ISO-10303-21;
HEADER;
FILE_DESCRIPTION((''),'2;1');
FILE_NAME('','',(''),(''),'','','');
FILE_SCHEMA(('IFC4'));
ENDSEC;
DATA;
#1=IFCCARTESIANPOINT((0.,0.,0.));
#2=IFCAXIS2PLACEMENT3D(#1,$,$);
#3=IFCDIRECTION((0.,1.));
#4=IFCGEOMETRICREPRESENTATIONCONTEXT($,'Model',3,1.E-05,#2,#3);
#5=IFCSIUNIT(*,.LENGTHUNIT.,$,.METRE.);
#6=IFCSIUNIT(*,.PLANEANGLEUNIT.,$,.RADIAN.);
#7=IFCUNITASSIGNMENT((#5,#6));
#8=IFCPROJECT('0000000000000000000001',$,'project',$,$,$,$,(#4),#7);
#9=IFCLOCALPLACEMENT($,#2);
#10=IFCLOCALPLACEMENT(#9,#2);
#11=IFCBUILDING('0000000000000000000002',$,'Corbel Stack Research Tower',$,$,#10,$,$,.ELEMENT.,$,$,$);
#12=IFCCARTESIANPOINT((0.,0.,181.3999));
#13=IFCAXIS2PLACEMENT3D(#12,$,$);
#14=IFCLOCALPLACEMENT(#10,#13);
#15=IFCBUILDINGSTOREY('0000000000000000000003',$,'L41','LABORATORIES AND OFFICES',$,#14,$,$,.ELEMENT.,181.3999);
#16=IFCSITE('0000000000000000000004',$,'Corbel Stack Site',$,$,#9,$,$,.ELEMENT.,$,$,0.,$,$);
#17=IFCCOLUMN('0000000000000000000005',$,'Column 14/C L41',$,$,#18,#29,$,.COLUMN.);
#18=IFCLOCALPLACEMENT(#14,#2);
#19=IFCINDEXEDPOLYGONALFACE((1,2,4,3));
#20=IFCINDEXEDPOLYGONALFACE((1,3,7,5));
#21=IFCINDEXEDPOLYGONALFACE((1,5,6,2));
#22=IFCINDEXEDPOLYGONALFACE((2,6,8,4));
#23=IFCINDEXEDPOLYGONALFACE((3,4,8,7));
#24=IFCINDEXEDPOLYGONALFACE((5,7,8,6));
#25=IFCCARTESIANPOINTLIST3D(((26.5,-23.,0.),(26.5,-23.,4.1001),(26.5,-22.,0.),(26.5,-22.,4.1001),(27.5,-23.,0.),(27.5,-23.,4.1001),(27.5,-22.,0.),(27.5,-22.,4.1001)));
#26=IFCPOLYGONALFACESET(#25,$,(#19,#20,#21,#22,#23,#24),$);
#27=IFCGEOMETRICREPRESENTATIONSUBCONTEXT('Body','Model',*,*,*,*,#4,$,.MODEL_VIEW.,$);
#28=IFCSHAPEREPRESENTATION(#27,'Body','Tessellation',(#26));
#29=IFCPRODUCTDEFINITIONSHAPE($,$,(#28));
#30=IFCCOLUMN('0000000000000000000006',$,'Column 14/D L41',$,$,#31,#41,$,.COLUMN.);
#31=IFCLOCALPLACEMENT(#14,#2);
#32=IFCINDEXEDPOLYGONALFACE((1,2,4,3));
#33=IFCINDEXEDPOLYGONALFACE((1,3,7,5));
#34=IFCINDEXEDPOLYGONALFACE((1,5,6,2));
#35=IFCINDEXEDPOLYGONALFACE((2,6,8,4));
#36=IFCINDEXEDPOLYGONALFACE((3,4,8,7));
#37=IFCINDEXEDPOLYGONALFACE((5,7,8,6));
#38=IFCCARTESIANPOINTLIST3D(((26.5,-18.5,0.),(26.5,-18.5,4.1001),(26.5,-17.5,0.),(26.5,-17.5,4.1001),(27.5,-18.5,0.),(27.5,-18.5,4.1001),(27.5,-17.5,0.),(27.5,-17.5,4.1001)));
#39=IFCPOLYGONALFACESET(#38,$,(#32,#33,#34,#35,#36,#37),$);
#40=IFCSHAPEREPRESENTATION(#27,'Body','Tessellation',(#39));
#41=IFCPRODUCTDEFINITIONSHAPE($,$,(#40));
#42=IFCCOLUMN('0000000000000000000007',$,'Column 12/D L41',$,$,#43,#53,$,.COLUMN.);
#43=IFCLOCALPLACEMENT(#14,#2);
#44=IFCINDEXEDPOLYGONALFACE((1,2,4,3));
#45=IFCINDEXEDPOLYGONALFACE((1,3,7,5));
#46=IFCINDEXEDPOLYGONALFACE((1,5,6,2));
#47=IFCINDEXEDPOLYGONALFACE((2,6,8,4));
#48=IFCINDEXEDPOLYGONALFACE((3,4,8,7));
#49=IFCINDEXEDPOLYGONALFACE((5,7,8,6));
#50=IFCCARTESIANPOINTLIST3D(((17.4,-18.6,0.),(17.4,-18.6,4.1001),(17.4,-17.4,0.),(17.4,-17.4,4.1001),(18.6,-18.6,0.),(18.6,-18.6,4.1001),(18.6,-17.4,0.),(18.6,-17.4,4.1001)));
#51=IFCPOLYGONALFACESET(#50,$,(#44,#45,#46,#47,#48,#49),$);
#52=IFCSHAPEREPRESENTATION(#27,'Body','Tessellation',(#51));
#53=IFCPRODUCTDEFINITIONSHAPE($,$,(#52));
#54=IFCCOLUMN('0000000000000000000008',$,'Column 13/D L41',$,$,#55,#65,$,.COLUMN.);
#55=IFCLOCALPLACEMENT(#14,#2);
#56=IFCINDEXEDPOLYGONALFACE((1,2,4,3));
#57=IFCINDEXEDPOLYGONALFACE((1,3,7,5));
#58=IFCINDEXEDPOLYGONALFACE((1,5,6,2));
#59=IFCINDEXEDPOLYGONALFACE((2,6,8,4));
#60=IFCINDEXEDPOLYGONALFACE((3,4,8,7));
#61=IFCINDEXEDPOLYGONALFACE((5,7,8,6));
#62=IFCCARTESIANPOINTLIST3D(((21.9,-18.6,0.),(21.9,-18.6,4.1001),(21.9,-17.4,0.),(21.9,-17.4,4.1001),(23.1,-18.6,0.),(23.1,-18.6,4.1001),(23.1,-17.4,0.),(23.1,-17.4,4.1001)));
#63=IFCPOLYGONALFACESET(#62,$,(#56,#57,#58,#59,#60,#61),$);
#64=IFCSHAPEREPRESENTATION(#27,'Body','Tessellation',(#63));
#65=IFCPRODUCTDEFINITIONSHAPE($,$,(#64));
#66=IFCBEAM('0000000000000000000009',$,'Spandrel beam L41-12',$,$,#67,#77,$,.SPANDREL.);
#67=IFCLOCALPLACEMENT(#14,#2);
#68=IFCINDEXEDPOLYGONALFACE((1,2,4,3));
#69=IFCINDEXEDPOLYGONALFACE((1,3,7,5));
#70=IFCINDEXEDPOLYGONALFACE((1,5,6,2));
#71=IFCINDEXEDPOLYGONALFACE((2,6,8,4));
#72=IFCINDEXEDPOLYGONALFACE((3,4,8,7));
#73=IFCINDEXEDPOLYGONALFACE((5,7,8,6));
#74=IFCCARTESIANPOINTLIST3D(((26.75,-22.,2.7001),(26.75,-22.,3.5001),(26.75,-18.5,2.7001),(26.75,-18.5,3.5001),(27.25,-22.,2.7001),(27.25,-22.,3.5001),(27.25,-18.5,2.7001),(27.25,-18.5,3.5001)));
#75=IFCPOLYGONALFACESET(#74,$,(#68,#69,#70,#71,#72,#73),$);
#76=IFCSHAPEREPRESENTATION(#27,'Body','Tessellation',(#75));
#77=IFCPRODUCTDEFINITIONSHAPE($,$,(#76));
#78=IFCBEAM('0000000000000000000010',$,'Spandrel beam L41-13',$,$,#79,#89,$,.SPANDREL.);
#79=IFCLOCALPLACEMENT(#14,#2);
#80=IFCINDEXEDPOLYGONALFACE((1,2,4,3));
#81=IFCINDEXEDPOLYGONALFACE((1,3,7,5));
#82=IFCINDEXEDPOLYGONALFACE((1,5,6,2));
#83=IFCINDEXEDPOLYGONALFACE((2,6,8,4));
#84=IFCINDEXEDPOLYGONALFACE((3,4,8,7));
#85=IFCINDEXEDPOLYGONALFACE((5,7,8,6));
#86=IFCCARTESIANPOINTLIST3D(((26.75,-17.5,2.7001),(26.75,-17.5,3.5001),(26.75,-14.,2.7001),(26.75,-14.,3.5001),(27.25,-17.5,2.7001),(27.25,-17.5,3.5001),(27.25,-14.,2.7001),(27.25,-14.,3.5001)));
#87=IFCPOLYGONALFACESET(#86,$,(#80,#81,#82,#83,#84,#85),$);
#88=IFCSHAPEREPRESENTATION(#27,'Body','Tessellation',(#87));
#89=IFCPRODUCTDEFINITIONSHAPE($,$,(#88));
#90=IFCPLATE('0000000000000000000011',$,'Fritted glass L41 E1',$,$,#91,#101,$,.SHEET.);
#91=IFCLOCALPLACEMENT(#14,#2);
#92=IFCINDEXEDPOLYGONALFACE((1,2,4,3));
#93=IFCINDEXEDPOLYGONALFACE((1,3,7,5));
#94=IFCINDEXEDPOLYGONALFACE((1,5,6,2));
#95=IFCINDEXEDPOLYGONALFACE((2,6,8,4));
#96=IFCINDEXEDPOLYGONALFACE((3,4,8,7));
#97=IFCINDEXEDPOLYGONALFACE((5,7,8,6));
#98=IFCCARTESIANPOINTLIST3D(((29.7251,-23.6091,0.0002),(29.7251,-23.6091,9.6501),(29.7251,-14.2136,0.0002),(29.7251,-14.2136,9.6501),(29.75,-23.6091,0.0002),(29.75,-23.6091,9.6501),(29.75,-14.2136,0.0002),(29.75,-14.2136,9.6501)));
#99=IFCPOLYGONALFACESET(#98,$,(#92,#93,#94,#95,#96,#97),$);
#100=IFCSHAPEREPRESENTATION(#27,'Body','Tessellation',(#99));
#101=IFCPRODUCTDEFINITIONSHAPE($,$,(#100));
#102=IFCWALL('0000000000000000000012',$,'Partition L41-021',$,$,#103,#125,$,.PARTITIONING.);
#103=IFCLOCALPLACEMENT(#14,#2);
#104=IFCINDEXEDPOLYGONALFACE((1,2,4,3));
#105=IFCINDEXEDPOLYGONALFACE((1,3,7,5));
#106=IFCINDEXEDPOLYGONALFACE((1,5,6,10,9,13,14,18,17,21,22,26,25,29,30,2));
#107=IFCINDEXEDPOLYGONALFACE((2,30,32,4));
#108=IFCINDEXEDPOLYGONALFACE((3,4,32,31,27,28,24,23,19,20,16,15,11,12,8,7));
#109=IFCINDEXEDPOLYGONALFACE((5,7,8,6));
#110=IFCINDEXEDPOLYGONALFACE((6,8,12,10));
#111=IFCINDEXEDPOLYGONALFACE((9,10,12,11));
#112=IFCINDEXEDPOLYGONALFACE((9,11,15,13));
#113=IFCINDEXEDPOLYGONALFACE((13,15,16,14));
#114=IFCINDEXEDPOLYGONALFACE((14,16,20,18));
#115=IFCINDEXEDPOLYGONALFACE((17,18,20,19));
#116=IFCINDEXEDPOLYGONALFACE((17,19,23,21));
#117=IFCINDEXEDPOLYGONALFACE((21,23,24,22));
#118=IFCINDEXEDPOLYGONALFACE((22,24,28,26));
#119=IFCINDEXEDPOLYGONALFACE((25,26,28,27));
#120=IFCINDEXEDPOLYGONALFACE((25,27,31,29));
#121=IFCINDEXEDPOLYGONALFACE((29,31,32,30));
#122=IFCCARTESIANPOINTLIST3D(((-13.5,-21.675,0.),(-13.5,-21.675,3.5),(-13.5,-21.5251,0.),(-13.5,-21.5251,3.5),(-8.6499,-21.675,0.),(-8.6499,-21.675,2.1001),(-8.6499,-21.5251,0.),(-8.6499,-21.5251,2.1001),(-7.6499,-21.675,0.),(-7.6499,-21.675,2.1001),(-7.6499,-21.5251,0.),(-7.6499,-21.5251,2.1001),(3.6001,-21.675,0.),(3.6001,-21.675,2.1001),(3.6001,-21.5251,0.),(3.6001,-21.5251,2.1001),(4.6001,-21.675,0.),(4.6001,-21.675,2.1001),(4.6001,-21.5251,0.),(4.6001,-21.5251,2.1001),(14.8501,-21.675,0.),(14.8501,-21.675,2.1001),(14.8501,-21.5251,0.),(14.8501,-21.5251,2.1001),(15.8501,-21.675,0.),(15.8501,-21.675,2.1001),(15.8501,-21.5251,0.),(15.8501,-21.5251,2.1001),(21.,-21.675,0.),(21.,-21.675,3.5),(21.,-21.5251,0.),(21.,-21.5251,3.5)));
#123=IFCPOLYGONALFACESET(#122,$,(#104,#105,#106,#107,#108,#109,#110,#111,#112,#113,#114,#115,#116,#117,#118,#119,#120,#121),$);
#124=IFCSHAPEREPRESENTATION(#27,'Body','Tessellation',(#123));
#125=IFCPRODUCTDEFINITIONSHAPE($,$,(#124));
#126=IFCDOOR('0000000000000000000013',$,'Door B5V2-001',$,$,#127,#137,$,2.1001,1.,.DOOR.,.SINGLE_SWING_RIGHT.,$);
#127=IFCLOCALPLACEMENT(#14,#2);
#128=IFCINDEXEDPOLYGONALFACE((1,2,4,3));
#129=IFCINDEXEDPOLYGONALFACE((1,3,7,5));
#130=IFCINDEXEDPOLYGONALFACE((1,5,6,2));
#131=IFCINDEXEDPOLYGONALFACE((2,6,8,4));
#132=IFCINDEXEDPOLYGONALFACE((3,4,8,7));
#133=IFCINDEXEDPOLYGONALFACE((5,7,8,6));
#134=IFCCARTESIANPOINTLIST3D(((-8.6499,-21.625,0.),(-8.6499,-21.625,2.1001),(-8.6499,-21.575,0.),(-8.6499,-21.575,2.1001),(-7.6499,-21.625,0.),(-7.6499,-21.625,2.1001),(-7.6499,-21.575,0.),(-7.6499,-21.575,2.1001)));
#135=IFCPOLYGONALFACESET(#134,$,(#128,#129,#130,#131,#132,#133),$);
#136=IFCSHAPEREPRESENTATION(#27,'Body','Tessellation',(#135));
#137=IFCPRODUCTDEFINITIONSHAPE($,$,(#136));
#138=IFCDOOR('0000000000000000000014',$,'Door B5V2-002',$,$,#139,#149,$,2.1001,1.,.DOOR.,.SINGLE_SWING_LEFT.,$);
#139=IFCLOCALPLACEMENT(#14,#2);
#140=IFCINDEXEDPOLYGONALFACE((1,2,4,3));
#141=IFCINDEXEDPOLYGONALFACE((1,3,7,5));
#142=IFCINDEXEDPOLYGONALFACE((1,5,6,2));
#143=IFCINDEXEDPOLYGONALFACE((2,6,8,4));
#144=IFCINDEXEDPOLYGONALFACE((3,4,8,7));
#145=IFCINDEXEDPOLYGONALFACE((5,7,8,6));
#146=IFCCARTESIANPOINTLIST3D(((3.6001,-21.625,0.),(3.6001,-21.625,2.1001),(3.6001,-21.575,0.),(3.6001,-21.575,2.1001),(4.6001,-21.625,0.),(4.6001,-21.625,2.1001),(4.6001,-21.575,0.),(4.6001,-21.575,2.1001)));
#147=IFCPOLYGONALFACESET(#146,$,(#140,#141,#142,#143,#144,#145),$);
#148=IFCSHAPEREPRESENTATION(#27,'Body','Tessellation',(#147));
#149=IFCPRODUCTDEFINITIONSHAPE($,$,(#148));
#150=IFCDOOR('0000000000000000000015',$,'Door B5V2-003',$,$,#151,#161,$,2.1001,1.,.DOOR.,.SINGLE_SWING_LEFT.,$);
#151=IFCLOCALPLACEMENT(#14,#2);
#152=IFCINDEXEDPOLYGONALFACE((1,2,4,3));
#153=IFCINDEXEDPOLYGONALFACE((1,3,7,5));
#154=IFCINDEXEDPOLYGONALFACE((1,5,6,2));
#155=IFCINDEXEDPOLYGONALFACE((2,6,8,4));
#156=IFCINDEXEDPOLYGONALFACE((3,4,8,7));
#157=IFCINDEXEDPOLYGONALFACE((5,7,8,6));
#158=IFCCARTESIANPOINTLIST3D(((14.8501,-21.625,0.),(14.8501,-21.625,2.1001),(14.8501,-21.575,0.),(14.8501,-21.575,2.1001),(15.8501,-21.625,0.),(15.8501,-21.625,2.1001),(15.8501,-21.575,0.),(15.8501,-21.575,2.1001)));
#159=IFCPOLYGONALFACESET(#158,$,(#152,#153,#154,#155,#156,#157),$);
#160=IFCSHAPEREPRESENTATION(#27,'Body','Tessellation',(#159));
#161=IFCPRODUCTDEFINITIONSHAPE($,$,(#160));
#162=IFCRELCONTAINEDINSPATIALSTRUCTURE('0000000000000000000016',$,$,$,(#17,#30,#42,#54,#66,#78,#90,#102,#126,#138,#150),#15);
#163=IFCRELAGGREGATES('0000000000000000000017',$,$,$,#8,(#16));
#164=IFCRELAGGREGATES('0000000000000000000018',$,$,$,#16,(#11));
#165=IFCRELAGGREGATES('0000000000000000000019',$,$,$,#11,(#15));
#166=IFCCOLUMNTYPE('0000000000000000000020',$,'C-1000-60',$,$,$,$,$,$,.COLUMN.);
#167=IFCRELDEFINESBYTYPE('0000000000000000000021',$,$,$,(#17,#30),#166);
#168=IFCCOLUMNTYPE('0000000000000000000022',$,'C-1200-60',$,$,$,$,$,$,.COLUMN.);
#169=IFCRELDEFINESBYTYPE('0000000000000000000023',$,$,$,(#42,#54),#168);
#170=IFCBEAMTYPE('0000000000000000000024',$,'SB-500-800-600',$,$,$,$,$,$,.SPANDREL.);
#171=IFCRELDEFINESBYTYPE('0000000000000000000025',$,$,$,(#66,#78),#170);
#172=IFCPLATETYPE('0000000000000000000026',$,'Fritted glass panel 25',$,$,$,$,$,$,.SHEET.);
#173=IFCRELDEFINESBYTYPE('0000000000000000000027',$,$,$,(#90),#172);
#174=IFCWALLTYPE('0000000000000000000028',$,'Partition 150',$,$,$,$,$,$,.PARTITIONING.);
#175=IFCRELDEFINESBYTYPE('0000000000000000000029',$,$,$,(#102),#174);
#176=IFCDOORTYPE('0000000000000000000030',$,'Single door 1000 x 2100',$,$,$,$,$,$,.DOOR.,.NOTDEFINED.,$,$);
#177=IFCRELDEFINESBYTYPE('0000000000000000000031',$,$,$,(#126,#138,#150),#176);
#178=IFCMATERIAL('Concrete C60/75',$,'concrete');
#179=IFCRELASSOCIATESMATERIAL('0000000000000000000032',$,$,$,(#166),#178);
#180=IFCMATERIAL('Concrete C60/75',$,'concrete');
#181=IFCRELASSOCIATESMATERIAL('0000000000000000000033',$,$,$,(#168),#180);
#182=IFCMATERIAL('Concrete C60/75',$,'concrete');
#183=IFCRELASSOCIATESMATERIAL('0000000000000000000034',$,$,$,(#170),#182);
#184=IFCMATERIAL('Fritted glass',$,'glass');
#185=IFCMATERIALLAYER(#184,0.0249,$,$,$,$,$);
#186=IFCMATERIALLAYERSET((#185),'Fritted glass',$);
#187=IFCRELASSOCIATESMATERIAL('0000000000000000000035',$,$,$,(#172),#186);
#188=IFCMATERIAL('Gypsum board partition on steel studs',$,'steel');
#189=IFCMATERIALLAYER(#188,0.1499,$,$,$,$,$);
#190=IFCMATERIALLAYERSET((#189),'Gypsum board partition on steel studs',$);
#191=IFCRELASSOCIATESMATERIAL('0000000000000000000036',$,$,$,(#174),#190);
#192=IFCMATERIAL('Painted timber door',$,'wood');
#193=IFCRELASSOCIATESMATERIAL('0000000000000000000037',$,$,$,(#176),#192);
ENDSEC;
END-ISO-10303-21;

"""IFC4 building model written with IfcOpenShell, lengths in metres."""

from ifc_helpers import new_model, si_unit, direction, frame, frame_2d, origin, origin_2d, place, context, subcontext, project, spatial, rectangle, extrude, material, layer, layer_set, material_profile, profile_set, type_object, element, fill, save


model = new_model("IFC4")

# Units and contexts
model_context = context("Model", 3, precision=1e-05, world=origin(), true_north=direction((0.0, 1.0)))
body_context = subcontext(model_context, "Body", "Model", "MODEL_VIEW")
ifc_project = project(units=[si_unit("LENGTHUNIT", "METRE"), si_unit("PLANEANGLEUNIT", "RADIAN")], contexts=[model_context])

# Site, building, storey
site_placement = place(None, origin())
site = spatial("IfcSite", under=ifc_project, at=site_placement, Name="Corbel Stack Site", CompositionType="ELEMENT", RefElevation=0.0)
building_placement = place(site_placement, origin())
building = spatial("IfcBuilding", under=site, at=building_placement, Name="Corbel Stack Research Tower", CompositionType="ELEMENT")
storey_placement = place(building_placement, frame((0.0, 0.0, 181.3999)))
storey = spatial("IfcBuildingStorey", under=building, at=storey_placement, Name="L41", Description="LABORATORIES AND OFFICES", CompositionType="ELEMENT", Elevation=181.3999)

# Columns
ifc_material_1 = material(Name="Concrete C60/75", Category="concrete")
ifc_material_profile_1 = material_profile(ifc_material_1, rectangle(XDim=1.0, YDim=1.0, at=origin_2d()), Name="RC 1000 x 1000")
ifc_profile_set_1 = profile_set([ifc_material_profile_1], Name="Concrete C60/75")
column_type_1 = type_object("IfcColumnType", Name="C-1000-60", PredefinedType="COLUMN", material=ifc_profile_set_1)
for number, where, z_axis, x_axis, name in (
    (1, (27.0, -22.5, 0.0), (0.0, 0.0, 1.0), (1.0, 0.0, 0.0), "Column 14/C L41"),
    (2, (27.0, -18.0, 0.0), (0.0, 0.0, 1.0), (1.0, 0.0, 0.0), "Column 14/D L41"),
):
    element("IfcColumn", number, at=place(storey_placement, frame(where, z_axis=z_axis, x_axis=x_axis)), inside=storey, type_object=column_type_1, Name=name, PredefinedType="COLUMN", context=body_context, shape_type="SweptSolid", body=[
        extrude(rectangle(XDim=1.0, YDim=1.0, at=origin_2d()), origin(), (0.0, 0.0, 1.0), 4.1001),
    ])
ifc_material_2 = material(Name="Concrete C60/75", Category="concrete")
ifc_material_profile_2 = material_profile(ifc_material_2, rectangle(XDim=1.2, YDim=1.2, at=origin_2d()), Name="RC 1200 x 1200")
ifc_profile_set_2 = profile_set([ifc_material_profile_2], Name="Concrete C60/75")
column_type_2 = type_object("IfcColumnType", Name="C-1200-60", PredefinedType="COLUMN", material=ifc_profile_set_2)
for number, where, z_axis, x_axis, name in (
    (3, (18.0, -18.0, 0.0), (0.0, 0.0, 1.0), (1.0, 0.0, 0.0), "Column 12/D L41"),
    (4, (22.5, -18.0, 0.0), (0.0, 0.0, 1.0), (1.0, 0.0, 0.0), "Column 13/D L41"),
):
    element("IfcColumn", number, at=place(storey_placement, frame(where, z_axis=z_axis, x_axis=x_axis)), inside=storey, type_object=column_type_2, Name=name, PredefinedType="COLUMN", context=body_context, shape_type="SweptSolid", body=[
        extrude(rectangle(XDim=1.2, YDim=1.2, at=origin_2d()), origin(), (0.0, 0.0, 1.0), 4.1001),
    ])

# Beams
ifc_material_3 = material(Name="Concrete C60/75", Category="concrete")
ifc_material_profile_3 = material_profile(ifc_material_3, rectangle(XDim=0.5, YDim=0.8, at=origin_2d()), Name="RC 500 x 800")
ifc_profile_set_3 = profile_set([ifc_material_profile_3], Name="Concrete C60/75")
beam_type = type_object("IfcBeamType", Name="SB-500-800-600", PredefinedType="SPANDREL", material=ifc_profile_set_3)
for number, where, z_axis, x_axis, name in (
    (5, (27.0, -22.0, 3.1001), (0.0, 1.0, 0.0), (-1.0, 0.0, 0.0), "Spandrel beam L41-12"),
    (6, (27.0, -17.5, 3.1001), (0.0, 1.0, 0.0), (-1.0, 0.0, 0.0), "Spandrel beam L41-13"),
):
    element("IfcBeam", number, at=place(storey_placement, frame(where, z_axis=z_axis, x_axis=x_axis)), inside=storey, type_object=beam_type, Name=name, PredefinedType="SPANDREL", context=body_context, shape_type="SweptSolid", body=[
        extrude(rectangle(XDim=0.5, YDim=0.8, at=origin_2d()), origin(), (0.0, 0.0, 1.0), 3.5),
    ])

# Plate
ifc_material_4 = material(Name="Fritted glass", Category="glass")
ifc_layer_1 = layer(ifc_material_4, 0.0249)
ifc_layer_set_1 = layer_set([ifc_layer_1], Name="Fritted glass")
plate_type = type_object("IfcPlateType", Name="Fritted glass panel 25", PredefinedType="SHEET", material=ifc_layer_set_1)
plate_placement = place(storey_placement, frame((29.7375, -18.9114, 0.0002), z_axis=(0.0, 0.0, 1.0), x_axis=(0.0, 1.0, 0.0)))
element("IfcPlate", 7, at=plate_placement, inside=storey, type_object=plate_type, Name="Fritted glass L41 E1", PredefinedType="SHEET", context=body_context, shape_type="SweptSolid", body=[
    extrude(rectangle(XDim=9.3955, YDim=0.0249, at=origin_2d()), origin(), (0.0, 0.0, 1.0), 9.6499),
])

# Wall, openings, doors
ifc_material_5 = material(Name="Gypsum board partition on steel studs", Category="steel")
ifc_layer_2 = layer(ifc_material_5, 0.1499)
ifc_layer_set_2 = layer_set([ifc_layer_2], Name="Gypsum board partition on steel studs")
wall_type_1 = type_object("IfcWallType", Name="Partition 150", PredefinedType="PARTITIONING", material=ifc_layer_set_2)
wall_1_placement = place(storey_placement, frame((21.0, -21.6001, 0.0), z_axis=(0.0, 0.0, 1.0), x_axis=(-1.0, 0.0, 0.0)))
wall_1 = element("IfcWall", 8, at=wall_1_placement, inside=storey, type_object=wall_type_1, Name="Partition L41-021", PredefinedType="PARTITIONING", context=body_context, shape_type="SweptSolid", body=[
    extrude(rectangle(XDim=34.5, YDim=0.1499, at=frame_2d((17.25, 0.0))), origin(), (0.0, 0.0, 1.0), 3.5),
])
opening_1_placement = place(wall_1_placement, frame((28.6499, 0.0, 0.0)))
opening_1 = element("IfcOpeningElement", 9, at=opening_1_placement, cuts=wall_1, PredefinedType="OPENING", context=body_context, shape_type="SweptSolid", body=[
    extrude(rectangle(XDim=1.0, YDim=2.1001, at=frame_2d((0.5, 1.05))), frame((0.0, 0.085, 0.0), z_axis=(0.0, -1.0, 0.0), x_axis=(1.0, 0.0, 0.0)), (0.0, 0.0, 1.0), 0.1699),
])
opening_2_placement = place(wall_1_placement, frame((16.3999, 0.0, 0.0)))
opening_2 = element("IfcOpeningElement", 10, at=opening_2_placement, cuts=wall_1, PredefinedType="OPENING", context=body_context, shape_type="SweptSolid", body=[
    extrude(rectangle(XDim=1.0, YDim=2.1001, at=frame_2d((0.5, 1.05))), frame((0.0, 0.085, 0.0), z_axis=(0.0, -1.0, 0.0), x_axis=(1.0, 0.0, 0.0)), (0.0, 0.0, 1.0), 0.1699),
])
opening_3_placement = place(wall_1_placement, frame((5.1499, 0.0, 0.0)))
opening_3 = element("IfcOpeningElement", 11, at=opening_3_placement, cuts=wall_1, PredefinedType="OPENING", context=body_context, shape_type="SweptSolid", body=[
    extrude(rectangle(XDim=1.0, YDim=2.1001, at=frame_2d((0.5, 1.05))), frame((0.0, 0.085, 0.0), z_axis=(0.0, -1.0, 0.0), x_axis=(1.0, 0.0, 0.0)), (0.0, 0.0, 1.0), 0.1699),
])
ifc_material_6 = material(Name="Painted timber door", Category="wood")
door_type_1 = type_object("IfcDoorType", Name="Single door 1000 x 2100", OperationType="NOTDEFINED", PredefinedType="DOOR", material=ifc_material_6)
door_1_placement = place(opening_1_placement, origin())
door_1 = element("IfcDoor", 12, at=door_1_placement, inside=storey, type_object=door_type_1, Name="Door B5V2-001", OperationType="SINGLE_SWING_RIGHT", OverallHeight=2.1001, OverallWidth=1.0, PredefinedType="DOOR", context=body_context, shape_type="SweptSolid", body=[
    extrude(rectangle(XDim=1.0, YDim=2.1001, at=frame_2d((0.5, 1.05))), frame((0.0, 0.0249, 0.0), z_axis=(0.0, -1.0, 0.0), x_axis=(1.0, 0.0, 0.0)), (0.0, 0.0, 1.0), 0.05),
])
fill(opening_1, door_1)
door_2_placement = place(opening_2_placement, origin())
door_2 = element("IfcDoor", 13, at=door_2_placement, inside=storey, type_object=door_type_1, Name="Door B5V2-002", OperationType="SINGLE_SWING_LEFT", OverallHeight=2.1001, OverallWidth=1.0, PredefinedType="DOOR", context=body_context, shape_type="SweptSolid", body=[
    extrude(rectangle(XDim=1.0, YDim=2.1001, at=frame_2d((0.5, 1.05))), frame((0.0, 0.0249, 0.0), z_axis=(0.0, -1.0, 0.0), x_axis=(1.0, 0.0, 0.0)), (0.0, 0.0, 1.0), 0.05),
])
fill(opening_2, door_2)
door_3_placement = place(opening_3_placement, origin())
door_3 = element("IfcDoor", 14, at=door_3_placement, inside=storey, type_object=door_type_1, Name="Door B5V2-003", OperationType="SINGLE_SWING_LEFT", OverallHeight=2.1001, OverallWidth=1.0, PredefinedType="DOOR", context=body_context, shape_type="SweptSolid", body=[
    extrude(rectangle(XDim=1.0, YDim=2.1001, at=frame_2d((0.5, 1.05))), frame((0.0, 0.0249, 0.0), z_axis=(0.0, -1.0, 0.0), x_axis=(1.0, 0.0, 0.0)), (0.0, 0.0, 1.0), 0.05),
])
fill(opening_3, door_3)

save(model, "model.ifc")
